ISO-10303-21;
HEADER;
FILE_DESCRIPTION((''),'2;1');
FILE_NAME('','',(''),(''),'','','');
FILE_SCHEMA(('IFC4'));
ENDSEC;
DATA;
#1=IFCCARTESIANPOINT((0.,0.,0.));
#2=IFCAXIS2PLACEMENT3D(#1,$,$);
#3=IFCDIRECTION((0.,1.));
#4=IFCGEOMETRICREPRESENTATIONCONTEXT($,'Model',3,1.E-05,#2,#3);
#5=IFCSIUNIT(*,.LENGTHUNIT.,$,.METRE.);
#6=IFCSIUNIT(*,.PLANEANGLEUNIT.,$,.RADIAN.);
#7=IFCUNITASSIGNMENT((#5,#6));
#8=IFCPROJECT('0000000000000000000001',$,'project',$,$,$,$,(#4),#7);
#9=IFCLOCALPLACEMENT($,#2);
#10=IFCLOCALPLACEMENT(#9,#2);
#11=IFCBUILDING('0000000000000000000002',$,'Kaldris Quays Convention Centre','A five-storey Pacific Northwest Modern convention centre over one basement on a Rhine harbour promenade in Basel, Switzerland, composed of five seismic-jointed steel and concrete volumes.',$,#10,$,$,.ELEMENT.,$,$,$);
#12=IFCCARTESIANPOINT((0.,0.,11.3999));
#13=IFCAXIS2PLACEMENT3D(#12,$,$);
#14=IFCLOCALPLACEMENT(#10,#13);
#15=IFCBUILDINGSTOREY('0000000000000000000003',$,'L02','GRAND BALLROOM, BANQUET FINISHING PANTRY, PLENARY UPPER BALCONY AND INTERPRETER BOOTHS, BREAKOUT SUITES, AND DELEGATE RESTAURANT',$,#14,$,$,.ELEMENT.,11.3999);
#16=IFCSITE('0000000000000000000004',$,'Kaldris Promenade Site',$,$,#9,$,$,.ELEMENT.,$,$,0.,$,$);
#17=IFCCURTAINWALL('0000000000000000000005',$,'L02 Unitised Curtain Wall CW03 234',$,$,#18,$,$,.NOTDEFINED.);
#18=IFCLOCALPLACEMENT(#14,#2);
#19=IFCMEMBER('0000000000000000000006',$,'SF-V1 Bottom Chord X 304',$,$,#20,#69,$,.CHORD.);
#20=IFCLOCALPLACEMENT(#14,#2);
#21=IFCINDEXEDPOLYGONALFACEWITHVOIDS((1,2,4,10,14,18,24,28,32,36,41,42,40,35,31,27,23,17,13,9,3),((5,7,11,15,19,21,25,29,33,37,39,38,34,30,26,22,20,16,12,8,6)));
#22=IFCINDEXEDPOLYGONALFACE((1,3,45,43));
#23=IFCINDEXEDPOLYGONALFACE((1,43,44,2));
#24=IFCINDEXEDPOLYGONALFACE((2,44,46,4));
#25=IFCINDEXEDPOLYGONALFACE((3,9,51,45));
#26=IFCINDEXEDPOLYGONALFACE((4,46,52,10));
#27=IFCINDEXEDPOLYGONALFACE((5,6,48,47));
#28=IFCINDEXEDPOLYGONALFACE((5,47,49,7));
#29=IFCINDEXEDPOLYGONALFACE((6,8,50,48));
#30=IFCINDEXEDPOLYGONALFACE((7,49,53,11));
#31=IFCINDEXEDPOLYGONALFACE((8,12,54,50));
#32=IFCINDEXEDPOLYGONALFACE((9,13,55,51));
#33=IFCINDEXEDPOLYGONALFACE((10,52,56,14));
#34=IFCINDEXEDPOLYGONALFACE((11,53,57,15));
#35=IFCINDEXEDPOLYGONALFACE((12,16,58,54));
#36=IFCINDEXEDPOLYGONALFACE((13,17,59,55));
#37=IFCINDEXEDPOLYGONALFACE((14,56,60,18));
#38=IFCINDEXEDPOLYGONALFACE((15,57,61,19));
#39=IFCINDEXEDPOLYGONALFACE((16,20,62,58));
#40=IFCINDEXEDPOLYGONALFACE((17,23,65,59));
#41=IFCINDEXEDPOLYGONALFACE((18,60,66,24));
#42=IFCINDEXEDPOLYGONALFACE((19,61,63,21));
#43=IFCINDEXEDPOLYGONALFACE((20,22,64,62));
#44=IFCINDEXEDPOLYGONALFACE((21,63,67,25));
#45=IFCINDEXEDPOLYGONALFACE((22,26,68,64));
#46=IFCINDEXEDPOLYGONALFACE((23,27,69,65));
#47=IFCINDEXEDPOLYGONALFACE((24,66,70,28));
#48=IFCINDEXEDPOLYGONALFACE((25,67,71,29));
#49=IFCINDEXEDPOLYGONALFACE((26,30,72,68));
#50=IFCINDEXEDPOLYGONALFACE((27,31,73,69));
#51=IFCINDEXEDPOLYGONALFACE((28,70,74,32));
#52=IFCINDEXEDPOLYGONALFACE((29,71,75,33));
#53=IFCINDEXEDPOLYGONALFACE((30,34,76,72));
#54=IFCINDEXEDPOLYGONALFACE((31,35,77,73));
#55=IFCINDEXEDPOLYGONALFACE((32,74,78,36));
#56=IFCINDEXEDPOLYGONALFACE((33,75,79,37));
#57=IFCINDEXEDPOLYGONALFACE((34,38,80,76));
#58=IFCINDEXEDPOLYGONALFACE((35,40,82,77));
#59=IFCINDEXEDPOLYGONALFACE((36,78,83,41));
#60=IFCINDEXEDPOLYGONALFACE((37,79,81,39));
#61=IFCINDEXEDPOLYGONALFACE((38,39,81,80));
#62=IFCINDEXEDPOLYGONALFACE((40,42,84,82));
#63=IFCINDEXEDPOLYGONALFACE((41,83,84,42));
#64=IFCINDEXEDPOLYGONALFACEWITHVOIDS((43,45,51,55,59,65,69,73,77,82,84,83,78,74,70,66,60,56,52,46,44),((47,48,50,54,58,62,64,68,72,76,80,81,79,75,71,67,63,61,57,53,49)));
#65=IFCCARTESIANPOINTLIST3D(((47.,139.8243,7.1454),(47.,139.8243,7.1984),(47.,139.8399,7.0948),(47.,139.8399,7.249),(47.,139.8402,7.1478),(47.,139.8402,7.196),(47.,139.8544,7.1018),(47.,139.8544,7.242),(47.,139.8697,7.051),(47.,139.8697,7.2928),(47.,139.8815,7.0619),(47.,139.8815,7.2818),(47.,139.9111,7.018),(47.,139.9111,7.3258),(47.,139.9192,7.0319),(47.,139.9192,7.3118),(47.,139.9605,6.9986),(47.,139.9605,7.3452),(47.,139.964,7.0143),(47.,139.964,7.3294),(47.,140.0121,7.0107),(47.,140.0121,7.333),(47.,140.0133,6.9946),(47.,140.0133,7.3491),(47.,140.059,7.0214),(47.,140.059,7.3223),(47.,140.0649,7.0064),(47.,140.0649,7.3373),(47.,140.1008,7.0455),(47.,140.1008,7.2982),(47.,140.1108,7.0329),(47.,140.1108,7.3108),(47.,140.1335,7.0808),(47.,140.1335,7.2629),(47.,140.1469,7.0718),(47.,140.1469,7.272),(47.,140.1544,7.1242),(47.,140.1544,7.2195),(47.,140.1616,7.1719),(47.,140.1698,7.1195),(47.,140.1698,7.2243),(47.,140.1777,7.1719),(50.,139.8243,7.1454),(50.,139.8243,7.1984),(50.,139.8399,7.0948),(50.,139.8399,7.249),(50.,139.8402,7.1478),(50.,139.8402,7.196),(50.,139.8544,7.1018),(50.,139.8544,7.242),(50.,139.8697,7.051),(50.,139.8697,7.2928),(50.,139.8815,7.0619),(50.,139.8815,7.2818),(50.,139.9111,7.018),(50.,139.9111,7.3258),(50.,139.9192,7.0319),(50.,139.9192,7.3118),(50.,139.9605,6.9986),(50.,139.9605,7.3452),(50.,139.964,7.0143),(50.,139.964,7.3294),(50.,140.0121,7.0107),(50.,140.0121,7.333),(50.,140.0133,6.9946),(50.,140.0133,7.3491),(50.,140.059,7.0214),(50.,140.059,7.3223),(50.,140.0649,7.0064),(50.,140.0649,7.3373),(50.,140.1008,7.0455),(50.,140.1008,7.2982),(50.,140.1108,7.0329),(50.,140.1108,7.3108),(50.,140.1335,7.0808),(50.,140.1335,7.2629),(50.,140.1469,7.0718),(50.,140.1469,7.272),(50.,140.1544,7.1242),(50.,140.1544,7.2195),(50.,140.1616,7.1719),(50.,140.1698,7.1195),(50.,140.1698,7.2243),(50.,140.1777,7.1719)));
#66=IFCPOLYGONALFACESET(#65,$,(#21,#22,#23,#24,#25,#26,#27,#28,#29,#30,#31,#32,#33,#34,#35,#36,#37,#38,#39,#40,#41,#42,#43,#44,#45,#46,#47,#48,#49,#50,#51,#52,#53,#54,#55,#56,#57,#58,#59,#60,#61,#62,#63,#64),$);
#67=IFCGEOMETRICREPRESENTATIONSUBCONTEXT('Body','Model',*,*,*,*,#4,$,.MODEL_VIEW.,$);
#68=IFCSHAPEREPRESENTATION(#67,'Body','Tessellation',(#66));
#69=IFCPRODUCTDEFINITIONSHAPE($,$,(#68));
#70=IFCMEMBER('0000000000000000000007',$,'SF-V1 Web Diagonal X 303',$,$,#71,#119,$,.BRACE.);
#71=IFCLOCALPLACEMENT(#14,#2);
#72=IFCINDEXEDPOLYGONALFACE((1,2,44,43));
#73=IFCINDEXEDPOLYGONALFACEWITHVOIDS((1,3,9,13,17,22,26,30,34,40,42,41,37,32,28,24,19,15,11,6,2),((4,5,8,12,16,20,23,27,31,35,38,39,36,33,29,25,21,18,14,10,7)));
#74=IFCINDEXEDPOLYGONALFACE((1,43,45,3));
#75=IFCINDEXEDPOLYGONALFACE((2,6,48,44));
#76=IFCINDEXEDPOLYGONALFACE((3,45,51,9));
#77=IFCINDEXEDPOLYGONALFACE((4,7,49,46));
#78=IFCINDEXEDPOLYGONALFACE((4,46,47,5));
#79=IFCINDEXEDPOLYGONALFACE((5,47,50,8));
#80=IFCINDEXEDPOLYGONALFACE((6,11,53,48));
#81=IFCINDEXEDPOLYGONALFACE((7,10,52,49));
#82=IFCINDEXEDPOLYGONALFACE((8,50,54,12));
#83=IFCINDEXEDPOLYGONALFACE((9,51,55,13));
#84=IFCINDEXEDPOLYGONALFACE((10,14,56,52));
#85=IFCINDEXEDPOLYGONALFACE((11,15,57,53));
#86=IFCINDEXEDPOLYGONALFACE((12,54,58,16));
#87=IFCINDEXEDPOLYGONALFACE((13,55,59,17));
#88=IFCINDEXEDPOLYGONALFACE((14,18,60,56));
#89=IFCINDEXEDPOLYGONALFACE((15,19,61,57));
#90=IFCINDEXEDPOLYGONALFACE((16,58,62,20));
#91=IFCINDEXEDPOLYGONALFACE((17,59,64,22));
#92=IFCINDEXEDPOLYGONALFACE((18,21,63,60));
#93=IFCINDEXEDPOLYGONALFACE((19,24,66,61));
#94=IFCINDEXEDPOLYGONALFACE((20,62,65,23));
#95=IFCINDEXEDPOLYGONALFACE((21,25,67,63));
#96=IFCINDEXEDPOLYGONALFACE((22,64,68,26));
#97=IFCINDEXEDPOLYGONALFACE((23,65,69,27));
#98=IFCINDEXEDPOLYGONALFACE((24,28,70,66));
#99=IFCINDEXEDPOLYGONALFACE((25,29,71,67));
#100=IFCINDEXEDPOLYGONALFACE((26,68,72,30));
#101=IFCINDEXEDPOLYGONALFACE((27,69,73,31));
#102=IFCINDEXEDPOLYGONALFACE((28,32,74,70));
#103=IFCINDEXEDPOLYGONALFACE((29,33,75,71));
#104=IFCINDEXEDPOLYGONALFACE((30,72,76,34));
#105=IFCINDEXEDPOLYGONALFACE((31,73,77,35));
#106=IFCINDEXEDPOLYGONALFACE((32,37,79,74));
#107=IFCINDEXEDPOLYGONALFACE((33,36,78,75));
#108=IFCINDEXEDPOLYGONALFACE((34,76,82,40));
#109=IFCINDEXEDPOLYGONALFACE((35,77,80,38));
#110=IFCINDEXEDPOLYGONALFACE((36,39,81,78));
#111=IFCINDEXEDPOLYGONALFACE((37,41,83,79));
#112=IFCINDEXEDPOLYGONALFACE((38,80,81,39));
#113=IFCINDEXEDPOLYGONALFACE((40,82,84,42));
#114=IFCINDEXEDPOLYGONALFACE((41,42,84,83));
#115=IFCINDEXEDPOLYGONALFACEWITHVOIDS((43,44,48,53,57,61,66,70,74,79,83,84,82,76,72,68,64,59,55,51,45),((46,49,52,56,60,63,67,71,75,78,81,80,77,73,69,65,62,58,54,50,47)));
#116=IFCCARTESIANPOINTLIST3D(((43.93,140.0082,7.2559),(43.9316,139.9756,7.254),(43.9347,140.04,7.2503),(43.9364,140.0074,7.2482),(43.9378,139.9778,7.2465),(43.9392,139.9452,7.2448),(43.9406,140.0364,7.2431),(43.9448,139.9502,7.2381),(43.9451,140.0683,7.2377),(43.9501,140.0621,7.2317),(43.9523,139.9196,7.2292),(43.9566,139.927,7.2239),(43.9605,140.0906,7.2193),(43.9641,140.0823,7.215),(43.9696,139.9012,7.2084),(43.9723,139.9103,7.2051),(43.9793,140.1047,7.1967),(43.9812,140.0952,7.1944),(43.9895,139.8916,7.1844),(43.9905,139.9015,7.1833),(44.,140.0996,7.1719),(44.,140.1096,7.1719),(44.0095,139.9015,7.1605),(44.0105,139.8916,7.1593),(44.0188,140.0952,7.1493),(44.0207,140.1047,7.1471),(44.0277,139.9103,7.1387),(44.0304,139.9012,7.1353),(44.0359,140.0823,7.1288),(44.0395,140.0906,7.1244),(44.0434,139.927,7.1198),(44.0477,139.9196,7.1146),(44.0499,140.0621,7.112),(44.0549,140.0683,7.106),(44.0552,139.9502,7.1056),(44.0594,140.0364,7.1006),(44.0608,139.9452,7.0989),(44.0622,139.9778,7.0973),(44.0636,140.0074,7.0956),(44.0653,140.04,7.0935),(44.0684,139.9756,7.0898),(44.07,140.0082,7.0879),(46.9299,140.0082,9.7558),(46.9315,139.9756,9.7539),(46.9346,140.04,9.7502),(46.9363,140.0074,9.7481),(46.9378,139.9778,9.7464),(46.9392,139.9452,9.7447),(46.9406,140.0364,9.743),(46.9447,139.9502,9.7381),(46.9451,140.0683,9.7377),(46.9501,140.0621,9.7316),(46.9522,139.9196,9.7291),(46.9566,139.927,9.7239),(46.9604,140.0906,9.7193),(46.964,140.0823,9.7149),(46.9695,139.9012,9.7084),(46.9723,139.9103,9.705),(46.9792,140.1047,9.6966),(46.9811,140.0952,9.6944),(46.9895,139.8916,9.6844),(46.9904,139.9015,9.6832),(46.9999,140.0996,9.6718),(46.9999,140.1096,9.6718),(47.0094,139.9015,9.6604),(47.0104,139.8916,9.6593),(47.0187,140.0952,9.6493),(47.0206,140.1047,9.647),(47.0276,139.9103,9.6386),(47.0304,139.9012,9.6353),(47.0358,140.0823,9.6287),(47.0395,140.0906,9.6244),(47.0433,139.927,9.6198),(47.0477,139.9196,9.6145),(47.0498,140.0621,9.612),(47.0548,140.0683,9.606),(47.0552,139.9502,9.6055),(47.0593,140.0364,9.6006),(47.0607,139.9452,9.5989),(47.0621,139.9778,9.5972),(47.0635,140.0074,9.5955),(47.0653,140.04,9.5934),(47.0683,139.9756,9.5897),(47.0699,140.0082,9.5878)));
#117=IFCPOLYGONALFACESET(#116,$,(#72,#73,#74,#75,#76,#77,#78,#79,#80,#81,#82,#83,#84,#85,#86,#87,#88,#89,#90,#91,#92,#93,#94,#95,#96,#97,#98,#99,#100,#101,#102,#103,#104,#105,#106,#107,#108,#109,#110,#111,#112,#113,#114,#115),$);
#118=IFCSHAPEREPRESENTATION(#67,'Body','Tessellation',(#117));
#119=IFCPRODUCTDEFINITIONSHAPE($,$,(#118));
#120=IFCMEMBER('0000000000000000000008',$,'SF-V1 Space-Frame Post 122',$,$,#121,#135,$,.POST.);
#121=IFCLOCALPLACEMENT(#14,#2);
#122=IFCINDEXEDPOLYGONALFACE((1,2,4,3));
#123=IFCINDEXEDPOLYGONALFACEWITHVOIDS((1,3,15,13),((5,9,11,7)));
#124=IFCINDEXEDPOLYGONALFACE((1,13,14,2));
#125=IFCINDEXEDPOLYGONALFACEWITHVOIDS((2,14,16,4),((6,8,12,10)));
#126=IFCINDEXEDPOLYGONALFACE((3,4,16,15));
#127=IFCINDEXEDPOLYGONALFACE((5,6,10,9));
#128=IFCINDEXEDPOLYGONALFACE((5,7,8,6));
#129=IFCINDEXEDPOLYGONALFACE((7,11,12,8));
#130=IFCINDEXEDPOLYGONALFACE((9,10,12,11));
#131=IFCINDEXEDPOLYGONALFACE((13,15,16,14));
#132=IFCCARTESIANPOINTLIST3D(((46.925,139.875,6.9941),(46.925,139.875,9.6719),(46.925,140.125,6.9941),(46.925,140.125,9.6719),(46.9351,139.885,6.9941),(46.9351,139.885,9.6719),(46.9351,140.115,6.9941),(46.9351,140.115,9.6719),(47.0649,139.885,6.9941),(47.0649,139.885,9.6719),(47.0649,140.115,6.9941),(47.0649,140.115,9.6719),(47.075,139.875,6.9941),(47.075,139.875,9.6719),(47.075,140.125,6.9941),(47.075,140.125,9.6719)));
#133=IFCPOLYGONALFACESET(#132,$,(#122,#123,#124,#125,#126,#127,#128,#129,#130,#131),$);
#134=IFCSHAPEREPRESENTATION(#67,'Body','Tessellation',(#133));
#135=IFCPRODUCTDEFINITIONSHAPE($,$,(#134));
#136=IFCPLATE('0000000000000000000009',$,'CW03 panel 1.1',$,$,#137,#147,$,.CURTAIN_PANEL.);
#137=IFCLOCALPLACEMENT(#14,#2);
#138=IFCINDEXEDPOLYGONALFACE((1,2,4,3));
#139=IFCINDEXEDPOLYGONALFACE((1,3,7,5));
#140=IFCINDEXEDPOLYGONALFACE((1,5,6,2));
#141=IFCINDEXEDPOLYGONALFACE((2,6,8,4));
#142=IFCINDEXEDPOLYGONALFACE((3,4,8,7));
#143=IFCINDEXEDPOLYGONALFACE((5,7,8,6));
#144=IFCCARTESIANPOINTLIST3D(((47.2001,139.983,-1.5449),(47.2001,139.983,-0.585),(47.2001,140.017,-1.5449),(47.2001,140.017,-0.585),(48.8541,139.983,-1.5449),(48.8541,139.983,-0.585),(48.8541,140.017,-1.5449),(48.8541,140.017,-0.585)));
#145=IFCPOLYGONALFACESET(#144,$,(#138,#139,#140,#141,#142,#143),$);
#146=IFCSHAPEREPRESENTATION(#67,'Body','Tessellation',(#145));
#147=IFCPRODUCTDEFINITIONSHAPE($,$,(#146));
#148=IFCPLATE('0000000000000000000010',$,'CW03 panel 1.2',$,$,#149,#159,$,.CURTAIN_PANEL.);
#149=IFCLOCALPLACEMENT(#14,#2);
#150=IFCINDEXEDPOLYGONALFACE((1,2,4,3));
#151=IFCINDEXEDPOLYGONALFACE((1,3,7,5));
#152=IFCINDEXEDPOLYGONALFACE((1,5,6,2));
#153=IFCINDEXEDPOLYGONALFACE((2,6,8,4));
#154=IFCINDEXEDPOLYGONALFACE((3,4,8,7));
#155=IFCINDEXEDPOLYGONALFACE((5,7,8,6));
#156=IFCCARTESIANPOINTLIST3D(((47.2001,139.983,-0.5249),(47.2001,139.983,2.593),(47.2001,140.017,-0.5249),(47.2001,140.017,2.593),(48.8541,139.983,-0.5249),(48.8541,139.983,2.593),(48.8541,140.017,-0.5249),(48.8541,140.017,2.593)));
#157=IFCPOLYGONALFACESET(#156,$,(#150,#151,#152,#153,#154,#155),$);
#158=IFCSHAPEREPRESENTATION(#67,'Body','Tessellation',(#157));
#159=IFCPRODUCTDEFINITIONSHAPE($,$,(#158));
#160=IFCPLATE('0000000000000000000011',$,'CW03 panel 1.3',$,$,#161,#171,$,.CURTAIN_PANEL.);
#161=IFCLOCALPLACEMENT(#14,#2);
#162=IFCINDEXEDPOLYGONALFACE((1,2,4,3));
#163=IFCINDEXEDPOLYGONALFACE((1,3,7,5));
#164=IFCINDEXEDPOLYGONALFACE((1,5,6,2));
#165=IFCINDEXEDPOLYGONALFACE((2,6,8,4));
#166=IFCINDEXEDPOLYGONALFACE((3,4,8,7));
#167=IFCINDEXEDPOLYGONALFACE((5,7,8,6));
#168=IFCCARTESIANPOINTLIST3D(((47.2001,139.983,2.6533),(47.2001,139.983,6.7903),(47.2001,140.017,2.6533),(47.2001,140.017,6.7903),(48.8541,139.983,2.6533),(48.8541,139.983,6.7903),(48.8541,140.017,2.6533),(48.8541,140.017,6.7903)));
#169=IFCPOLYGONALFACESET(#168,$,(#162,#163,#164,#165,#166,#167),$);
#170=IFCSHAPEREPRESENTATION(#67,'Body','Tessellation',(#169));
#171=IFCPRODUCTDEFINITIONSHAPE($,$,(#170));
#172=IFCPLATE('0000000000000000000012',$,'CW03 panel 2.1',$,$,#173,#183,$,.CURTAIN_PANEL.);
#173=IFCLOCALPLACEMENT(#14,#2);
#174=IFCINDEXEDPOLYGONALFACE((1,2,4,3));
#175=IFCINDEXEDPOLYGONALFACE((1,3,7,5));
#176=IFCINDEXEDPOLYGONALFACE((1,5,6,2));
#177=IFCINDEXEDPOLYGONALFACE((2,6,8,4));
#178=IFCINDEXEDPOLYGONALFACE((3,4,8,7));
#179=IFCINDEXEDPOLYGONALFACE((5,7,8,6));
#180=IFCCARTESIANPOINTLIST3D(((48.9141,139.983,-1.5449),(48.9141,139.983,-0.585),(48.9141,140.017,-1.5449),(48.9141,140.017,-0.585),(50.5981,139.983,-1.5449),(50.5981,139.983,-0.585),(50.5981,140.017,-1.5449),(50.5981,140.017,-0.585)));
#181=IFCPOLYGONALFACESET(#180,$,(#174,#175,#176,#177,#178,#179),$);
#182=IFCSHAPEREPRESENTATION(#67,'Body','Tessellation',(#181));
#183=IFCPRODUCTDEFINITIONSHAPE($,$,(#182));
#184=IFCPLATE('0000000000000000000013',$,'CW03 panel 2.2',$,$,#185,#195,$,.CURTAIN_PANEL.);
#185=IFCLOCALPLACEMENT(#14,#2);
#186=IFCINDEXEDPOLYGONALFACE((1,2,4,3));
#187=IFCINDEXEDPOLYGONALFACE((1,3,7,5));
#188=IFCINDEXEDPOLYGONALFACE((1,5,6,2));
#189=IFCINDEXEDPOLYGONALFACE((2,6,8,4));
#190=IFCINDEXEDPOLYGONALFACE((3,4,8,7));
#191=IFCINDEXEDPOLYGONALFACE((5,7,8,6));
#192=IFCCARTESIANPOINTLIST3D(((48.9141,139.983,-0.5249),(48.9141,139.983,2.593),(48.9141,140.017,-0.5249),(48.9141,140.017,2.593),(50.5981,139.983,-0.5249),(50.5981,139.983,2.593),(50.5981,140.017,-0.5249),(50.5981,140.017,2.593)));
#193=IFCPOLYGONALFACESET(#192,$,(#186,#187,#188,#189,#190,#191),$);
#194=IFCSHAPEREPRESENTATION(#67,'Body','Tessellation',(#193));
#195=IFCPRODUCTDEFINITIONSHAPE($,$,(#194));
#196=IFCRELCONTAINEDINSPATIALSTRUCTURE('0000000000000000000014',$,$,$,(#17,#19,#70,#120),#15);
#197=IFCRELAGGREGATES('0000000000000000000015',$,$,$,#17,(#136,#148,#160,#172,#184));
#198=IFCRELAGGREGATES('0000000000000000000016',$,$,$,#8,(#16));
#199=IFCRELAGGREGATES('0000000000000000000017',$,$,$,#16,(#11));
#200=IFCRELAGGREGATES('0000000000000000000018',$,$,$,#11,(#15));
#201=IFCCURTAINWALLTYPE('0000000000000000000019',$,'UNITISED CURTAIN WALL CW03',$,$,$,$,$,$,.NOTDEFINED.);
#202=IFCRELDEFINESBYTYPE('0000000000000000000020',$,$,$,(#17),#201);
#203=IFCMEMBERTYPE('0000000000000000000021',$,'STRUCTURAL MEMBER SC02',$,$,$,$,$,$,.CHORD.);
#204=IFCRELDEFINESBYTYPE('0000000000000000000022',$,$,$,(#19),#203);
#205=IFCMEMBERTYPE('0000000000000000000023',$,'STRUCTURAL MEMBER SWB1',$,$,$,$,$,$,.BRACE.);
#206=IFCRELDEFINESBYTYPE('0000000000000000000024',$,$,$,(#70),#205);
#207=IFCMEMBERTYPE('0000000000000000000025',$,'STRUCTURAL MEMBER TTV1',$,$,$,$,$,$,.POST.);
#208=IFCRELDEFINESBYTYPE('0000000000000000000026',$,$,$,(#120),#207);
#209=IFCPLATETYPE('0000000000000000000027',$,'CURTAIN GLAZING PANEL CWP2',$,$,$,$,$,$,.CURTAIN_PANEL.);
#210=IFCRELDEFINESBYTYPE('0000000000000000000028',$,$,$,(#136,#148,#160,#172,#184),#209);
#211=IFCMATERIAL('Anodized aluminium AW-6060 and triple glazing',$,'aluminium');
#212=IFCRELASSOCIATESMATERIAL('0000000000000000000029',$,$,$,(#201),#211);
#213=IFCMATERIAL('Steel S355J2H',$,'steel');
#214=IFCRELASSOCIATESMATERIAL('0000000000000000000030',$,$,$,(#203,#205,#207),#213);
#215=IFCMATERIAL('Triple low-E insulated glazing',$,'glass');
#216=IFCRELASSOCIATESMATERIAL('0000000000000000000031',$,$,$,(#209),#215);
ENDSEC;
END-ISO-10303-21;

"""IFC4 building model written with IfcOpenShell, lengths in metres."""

from ifc_helpers import new_model, si_unit, direction, frame, origin, origin_2d, place, context, subcontext, project, spatial, rectangle, hollow_rectangle, hollow_circle, extrude, material, material_profile, profile_set, type_object, element, aggregate, save


model = new_model("IFC4")

# Units and contexts
model_context = context("Model", 3, precision=1e-05, world=origin(), true_north=direction((0.0, 1.0)))
body_context = subcontext(model_context, "Body", "Model", "MODEL_VIEW")
ifc_project = project(units=[si_unit("LENGTHUNIT", "METRE"), si_unit("PLANEANGLEUNIT", "RADIAN")], contexts=[model_context])

# Site, building, storey
site_placement = place(None, origin())
site = spatial("IfcSite", under=ifc_project, at=site_placement, Name="Kaldris Promenade Site", CompositionType="ELEMENT", RefElevation=0.0)
building_placement = place(site_placement, origin())
building = spatial("IfcBuilding", under=site, at=building_placement, Name="Kaldris Quays Convention Centre", Description="A five-storey Pacific Northwest Modern convention centre over one basement on a Rhine harbour promenade in Basel, Switzerland, composed of five seismic-jointed steel and concrete volumes.", CompositionType="ELEMENT")
storey_placement = place(building_placement, frame((0.0, 0.0, 11.3999)))
storey = spatial("IfcBuildingStorey", under=building, at=storey_placement, Name="L02", Description="GRAND BALLROOM, BANQUET FINISHING PANTRY, PLENARY UPPER BALCONY AND INTERPRETER BOOTHS, BREAKOUT SUITES, AND DELEGATE RESTAURANT", CompositionType="ELEMENT", Elevation=11.3999)

# Curtain wall
ifc_material_1 = material(Name="Anodized aluminium AW-6060 and triple glazing", Category="aluminium")
curtain_wall_type = type_object("IfcCurtainWallType", Name="UNITISED CURTAIN WALL CW03", PredefinedType="NOTDEFINED", material=ifc_material_1)
curtain_wall_1_placement = place(storey_placement, origin())
curtain_wall_1 = element("IfcCurtainWall", 1, at=curtain_wall_1_placement, inside=storey, type_object=curtain_wall_type, Name="L02 Unitised Curtain Wall CW03 234", PredefinedType="NOTDEFINED")

# Members
ifc_material_2 = material(Name="Steel S355J2H", Category="steel")
ifc_material_profile_1 = material_profile(ifc_material_2, hollow_circle(Radius=0.1777, WallThickness=0.0161, at=origin_2d()), Name="CHS 355.6x16")
ifc_profile_set_1 = profile_set([ifc_material_profile_1], Name="Steel S355J2H")
member_type_1 = type_object("IfcMemberType", Name="STRUCTURAL MEMBER SC02", PredefinedType="CHORD", material=ifc_profile_set_1)
for number, where, z_axis, x_axis, name in (
    (2, (47.0, 140.0, 7.1719), (1.0, 0.0, 0.0), (0.0, 1.0, 0.0), "SF-V1 Bottom Chord X 304"),
):
    element("IfcMember", number, at=place(storey_placement, frame(where, z_axis=z_axis, x_axis=x_axis)), inside=storey, type_object=member_type_1, Name=name, PredefinedType="CHORD", context=body_context, shape_type="SweptSolid", body=[
        extrude(hollow_circle(Radius=0.1777, WallThickness=0.0161, at=origin_2d()), origin(), (0.0, 0.0, 1.0), 3.0),
    ])
ifc_material_profile_2 = material_profile(ifc_material_2, hollow_circle(Radius=0.1096, WallThickness=0.01, at=origin_2d()), Name="CHS 219.1x10")
ifc_profile_set_2 = profile_set([ifc_material_profile_2], Name="Steel S355J2H")
member_type_2 = type_object("IfcMemberType", Name="STRUCTURAL MEMBER SWB1", PredefinedType="BRACE", material=ifc_profile_set_2)
member_1_placement = place(storey_placement, frame((44.0, 140.0, 7.1719), z_axis=(0.768221, 0.0, 0.640184), x_axis=(0.0, 1.0, 0.0)))
element("IfcMember", 3, at=member_1_placement, inside=storey, type_object=member_type_2, Name="SF-V1 Web Diagonal X 303", PredefinedType="BRACE", context=body_context, shape_type="SweptSolid", body=[
    extrude(hollow_circle(Radius=0.1096, WallThickness=0.01, at=origin_2d()), origin(), (0.0, 0.0, 1.0), 3.905),
])
ifc_material_profile_3 = material_profile(ifc_material_2, hollow_rectangle(XDim=0.1499, YDim=0.25, WallThickness=0.01, at=origin_2d()), Name="RHS 250x150x10")
ifc_profile_set_3 = profile_set([ifc_material_profile_3], Name="Steel S355J2H")
member_type_3 = type_object("IfcMemberType", Name="STRUCTURAL MEMBER TTV1", PredefinedType="POST", material=ifc_profile_set_3)
member_2_placement = place(storey_placement, frame((47.0, 140.0, 6.9941), z_axis=(0.0, 0.0, 1.0), x_axis=(1.0, 0.0, 0.0)))
element("IfcMember", 4, at=member_2_placement, inside=storey, type_object=member_type_3, Name="SF-V1 Space-Frame Post 122", PredefinedType="POST", context=body_context, shape_type="SweptSolid", body=[
    extrude(hollow_rectangle(XDim=0.1499, YDim=0.25, WallThickness=0.01, at=origin_2d()), origin(), (0.0, 0.0, 1.0), 2.6777),
])

# Plates
ifc_material_3 = material(Name="Triple low-E insulated glazing", Category="glass")
plate_type_1 = type_object("IfcPlateType", Name="CURTAIN GLAZING PANEL CWP2", PredefinedType="CURTAIN_PANEL", material=ifc_material_3)
plate_1_placement = place(storey_placement, frame((48.0271, 140.0, -1.5449), z_axis=(0.0, 0.0, 1.0), x_axis=(1.0, 0.0, 0.0)))
plate_1 = element("IfcPlate", 5, at=plate_1_placement, type_object=plate_type_1, Name="CW03 panel 1.1", PredefinedType="CURTAIN_PANEL", context=body_context, shape_type="SweptSolid", body=[
    extrude(rectangle(XDim=1.6541, YDim=0.0339, at=origin_2d()), origin(), (0.0, 0.0, 1.0), 0.96),
])
plate_2_placement = place(storey_placement, frame((48.0271, 140.0, -0.5249), z_axis=(0.0, 0.0, 1.0), x_axis=(1.0, 0.0, 0.0)))
plate_2 = element("IfcPlate", 6, at=plate_2_placement, type_object=plate_type_1, Name="CW03 panel 1.2", PredefinedType="CURTAIN_PANEL", context=body_context, shape_type="SweptSolid", body=[
    extrude(rectangle(XDim=1.6541, YDim=0.0339, at=origin_2d()), origin(), (0.0, 0.0, 1.0), 3.1179),
])
plate_3_placement = place(storey_placement, frame((48.0271, 140.0, 2.6533), z_axis=(0.0, 0.0, 1.0), x_axis=(1.0, 0.0, 0.0)))
plate_3 = element("IfcPlate", 7, at=plate_3_placement, type_object=plate_type_1, Name="CW03 panel 1.3", PredefinedType="CURTAIN_PANEL", context=body_context, shape_type="SweptSolid", body=[
    extrude(rectangle(XDim=1.6541, YDim=0.0339, at=origin_2d()), origin(), (0.0, 0.0, 1.0), 4.137),
])
plate_4_placement = place(storey_placement, frame((49.7561, 140.0, -1.5449), z_axis=(0.0, 0.0, 1.0), x_axis=(1.0, 0.0, 0.0)))
plate_4 = element("IfcPlate", 8, at=plate_4_placement, type_object=plate_type_1, Name="CW03 panel 2.1", PredefinedType="CURTAIN_PANEL", context=body_context, shape_type="SweptSolid", body=[
    extrude(rectangle(XDim=1.6841, YDim=0.0339, at=origin_2d()), origin(), (0.0, 0.0, 1.0), 0.96),
])
plate_5_placement = place(storey_placement, frame((49.7561, 140.0, -0.5249), z_axis=(0.0, 0.0, 1.0), x_axis=(1.0, 0.0, 0.0)))
plate_5 = element("IfcPlate", 9, at=plate_5_placement, type_object=plate_type_1, Name="CW03 panel 2.2", PredefinedType="CURTAIN_PANEL", context=body_context, shape_type="SweptSolid", body=[
    extrude(rectangle(XDim=1.6841, YDim=0.0339, at=origin_2d()), origin(), (0.0, 0.0, 1.0), 3.1179),
])
aggregate(curtain_wall_1, [plate_1, plate_2, plate_3, plate_4, plate_5])

save(model, "model.ifc")
